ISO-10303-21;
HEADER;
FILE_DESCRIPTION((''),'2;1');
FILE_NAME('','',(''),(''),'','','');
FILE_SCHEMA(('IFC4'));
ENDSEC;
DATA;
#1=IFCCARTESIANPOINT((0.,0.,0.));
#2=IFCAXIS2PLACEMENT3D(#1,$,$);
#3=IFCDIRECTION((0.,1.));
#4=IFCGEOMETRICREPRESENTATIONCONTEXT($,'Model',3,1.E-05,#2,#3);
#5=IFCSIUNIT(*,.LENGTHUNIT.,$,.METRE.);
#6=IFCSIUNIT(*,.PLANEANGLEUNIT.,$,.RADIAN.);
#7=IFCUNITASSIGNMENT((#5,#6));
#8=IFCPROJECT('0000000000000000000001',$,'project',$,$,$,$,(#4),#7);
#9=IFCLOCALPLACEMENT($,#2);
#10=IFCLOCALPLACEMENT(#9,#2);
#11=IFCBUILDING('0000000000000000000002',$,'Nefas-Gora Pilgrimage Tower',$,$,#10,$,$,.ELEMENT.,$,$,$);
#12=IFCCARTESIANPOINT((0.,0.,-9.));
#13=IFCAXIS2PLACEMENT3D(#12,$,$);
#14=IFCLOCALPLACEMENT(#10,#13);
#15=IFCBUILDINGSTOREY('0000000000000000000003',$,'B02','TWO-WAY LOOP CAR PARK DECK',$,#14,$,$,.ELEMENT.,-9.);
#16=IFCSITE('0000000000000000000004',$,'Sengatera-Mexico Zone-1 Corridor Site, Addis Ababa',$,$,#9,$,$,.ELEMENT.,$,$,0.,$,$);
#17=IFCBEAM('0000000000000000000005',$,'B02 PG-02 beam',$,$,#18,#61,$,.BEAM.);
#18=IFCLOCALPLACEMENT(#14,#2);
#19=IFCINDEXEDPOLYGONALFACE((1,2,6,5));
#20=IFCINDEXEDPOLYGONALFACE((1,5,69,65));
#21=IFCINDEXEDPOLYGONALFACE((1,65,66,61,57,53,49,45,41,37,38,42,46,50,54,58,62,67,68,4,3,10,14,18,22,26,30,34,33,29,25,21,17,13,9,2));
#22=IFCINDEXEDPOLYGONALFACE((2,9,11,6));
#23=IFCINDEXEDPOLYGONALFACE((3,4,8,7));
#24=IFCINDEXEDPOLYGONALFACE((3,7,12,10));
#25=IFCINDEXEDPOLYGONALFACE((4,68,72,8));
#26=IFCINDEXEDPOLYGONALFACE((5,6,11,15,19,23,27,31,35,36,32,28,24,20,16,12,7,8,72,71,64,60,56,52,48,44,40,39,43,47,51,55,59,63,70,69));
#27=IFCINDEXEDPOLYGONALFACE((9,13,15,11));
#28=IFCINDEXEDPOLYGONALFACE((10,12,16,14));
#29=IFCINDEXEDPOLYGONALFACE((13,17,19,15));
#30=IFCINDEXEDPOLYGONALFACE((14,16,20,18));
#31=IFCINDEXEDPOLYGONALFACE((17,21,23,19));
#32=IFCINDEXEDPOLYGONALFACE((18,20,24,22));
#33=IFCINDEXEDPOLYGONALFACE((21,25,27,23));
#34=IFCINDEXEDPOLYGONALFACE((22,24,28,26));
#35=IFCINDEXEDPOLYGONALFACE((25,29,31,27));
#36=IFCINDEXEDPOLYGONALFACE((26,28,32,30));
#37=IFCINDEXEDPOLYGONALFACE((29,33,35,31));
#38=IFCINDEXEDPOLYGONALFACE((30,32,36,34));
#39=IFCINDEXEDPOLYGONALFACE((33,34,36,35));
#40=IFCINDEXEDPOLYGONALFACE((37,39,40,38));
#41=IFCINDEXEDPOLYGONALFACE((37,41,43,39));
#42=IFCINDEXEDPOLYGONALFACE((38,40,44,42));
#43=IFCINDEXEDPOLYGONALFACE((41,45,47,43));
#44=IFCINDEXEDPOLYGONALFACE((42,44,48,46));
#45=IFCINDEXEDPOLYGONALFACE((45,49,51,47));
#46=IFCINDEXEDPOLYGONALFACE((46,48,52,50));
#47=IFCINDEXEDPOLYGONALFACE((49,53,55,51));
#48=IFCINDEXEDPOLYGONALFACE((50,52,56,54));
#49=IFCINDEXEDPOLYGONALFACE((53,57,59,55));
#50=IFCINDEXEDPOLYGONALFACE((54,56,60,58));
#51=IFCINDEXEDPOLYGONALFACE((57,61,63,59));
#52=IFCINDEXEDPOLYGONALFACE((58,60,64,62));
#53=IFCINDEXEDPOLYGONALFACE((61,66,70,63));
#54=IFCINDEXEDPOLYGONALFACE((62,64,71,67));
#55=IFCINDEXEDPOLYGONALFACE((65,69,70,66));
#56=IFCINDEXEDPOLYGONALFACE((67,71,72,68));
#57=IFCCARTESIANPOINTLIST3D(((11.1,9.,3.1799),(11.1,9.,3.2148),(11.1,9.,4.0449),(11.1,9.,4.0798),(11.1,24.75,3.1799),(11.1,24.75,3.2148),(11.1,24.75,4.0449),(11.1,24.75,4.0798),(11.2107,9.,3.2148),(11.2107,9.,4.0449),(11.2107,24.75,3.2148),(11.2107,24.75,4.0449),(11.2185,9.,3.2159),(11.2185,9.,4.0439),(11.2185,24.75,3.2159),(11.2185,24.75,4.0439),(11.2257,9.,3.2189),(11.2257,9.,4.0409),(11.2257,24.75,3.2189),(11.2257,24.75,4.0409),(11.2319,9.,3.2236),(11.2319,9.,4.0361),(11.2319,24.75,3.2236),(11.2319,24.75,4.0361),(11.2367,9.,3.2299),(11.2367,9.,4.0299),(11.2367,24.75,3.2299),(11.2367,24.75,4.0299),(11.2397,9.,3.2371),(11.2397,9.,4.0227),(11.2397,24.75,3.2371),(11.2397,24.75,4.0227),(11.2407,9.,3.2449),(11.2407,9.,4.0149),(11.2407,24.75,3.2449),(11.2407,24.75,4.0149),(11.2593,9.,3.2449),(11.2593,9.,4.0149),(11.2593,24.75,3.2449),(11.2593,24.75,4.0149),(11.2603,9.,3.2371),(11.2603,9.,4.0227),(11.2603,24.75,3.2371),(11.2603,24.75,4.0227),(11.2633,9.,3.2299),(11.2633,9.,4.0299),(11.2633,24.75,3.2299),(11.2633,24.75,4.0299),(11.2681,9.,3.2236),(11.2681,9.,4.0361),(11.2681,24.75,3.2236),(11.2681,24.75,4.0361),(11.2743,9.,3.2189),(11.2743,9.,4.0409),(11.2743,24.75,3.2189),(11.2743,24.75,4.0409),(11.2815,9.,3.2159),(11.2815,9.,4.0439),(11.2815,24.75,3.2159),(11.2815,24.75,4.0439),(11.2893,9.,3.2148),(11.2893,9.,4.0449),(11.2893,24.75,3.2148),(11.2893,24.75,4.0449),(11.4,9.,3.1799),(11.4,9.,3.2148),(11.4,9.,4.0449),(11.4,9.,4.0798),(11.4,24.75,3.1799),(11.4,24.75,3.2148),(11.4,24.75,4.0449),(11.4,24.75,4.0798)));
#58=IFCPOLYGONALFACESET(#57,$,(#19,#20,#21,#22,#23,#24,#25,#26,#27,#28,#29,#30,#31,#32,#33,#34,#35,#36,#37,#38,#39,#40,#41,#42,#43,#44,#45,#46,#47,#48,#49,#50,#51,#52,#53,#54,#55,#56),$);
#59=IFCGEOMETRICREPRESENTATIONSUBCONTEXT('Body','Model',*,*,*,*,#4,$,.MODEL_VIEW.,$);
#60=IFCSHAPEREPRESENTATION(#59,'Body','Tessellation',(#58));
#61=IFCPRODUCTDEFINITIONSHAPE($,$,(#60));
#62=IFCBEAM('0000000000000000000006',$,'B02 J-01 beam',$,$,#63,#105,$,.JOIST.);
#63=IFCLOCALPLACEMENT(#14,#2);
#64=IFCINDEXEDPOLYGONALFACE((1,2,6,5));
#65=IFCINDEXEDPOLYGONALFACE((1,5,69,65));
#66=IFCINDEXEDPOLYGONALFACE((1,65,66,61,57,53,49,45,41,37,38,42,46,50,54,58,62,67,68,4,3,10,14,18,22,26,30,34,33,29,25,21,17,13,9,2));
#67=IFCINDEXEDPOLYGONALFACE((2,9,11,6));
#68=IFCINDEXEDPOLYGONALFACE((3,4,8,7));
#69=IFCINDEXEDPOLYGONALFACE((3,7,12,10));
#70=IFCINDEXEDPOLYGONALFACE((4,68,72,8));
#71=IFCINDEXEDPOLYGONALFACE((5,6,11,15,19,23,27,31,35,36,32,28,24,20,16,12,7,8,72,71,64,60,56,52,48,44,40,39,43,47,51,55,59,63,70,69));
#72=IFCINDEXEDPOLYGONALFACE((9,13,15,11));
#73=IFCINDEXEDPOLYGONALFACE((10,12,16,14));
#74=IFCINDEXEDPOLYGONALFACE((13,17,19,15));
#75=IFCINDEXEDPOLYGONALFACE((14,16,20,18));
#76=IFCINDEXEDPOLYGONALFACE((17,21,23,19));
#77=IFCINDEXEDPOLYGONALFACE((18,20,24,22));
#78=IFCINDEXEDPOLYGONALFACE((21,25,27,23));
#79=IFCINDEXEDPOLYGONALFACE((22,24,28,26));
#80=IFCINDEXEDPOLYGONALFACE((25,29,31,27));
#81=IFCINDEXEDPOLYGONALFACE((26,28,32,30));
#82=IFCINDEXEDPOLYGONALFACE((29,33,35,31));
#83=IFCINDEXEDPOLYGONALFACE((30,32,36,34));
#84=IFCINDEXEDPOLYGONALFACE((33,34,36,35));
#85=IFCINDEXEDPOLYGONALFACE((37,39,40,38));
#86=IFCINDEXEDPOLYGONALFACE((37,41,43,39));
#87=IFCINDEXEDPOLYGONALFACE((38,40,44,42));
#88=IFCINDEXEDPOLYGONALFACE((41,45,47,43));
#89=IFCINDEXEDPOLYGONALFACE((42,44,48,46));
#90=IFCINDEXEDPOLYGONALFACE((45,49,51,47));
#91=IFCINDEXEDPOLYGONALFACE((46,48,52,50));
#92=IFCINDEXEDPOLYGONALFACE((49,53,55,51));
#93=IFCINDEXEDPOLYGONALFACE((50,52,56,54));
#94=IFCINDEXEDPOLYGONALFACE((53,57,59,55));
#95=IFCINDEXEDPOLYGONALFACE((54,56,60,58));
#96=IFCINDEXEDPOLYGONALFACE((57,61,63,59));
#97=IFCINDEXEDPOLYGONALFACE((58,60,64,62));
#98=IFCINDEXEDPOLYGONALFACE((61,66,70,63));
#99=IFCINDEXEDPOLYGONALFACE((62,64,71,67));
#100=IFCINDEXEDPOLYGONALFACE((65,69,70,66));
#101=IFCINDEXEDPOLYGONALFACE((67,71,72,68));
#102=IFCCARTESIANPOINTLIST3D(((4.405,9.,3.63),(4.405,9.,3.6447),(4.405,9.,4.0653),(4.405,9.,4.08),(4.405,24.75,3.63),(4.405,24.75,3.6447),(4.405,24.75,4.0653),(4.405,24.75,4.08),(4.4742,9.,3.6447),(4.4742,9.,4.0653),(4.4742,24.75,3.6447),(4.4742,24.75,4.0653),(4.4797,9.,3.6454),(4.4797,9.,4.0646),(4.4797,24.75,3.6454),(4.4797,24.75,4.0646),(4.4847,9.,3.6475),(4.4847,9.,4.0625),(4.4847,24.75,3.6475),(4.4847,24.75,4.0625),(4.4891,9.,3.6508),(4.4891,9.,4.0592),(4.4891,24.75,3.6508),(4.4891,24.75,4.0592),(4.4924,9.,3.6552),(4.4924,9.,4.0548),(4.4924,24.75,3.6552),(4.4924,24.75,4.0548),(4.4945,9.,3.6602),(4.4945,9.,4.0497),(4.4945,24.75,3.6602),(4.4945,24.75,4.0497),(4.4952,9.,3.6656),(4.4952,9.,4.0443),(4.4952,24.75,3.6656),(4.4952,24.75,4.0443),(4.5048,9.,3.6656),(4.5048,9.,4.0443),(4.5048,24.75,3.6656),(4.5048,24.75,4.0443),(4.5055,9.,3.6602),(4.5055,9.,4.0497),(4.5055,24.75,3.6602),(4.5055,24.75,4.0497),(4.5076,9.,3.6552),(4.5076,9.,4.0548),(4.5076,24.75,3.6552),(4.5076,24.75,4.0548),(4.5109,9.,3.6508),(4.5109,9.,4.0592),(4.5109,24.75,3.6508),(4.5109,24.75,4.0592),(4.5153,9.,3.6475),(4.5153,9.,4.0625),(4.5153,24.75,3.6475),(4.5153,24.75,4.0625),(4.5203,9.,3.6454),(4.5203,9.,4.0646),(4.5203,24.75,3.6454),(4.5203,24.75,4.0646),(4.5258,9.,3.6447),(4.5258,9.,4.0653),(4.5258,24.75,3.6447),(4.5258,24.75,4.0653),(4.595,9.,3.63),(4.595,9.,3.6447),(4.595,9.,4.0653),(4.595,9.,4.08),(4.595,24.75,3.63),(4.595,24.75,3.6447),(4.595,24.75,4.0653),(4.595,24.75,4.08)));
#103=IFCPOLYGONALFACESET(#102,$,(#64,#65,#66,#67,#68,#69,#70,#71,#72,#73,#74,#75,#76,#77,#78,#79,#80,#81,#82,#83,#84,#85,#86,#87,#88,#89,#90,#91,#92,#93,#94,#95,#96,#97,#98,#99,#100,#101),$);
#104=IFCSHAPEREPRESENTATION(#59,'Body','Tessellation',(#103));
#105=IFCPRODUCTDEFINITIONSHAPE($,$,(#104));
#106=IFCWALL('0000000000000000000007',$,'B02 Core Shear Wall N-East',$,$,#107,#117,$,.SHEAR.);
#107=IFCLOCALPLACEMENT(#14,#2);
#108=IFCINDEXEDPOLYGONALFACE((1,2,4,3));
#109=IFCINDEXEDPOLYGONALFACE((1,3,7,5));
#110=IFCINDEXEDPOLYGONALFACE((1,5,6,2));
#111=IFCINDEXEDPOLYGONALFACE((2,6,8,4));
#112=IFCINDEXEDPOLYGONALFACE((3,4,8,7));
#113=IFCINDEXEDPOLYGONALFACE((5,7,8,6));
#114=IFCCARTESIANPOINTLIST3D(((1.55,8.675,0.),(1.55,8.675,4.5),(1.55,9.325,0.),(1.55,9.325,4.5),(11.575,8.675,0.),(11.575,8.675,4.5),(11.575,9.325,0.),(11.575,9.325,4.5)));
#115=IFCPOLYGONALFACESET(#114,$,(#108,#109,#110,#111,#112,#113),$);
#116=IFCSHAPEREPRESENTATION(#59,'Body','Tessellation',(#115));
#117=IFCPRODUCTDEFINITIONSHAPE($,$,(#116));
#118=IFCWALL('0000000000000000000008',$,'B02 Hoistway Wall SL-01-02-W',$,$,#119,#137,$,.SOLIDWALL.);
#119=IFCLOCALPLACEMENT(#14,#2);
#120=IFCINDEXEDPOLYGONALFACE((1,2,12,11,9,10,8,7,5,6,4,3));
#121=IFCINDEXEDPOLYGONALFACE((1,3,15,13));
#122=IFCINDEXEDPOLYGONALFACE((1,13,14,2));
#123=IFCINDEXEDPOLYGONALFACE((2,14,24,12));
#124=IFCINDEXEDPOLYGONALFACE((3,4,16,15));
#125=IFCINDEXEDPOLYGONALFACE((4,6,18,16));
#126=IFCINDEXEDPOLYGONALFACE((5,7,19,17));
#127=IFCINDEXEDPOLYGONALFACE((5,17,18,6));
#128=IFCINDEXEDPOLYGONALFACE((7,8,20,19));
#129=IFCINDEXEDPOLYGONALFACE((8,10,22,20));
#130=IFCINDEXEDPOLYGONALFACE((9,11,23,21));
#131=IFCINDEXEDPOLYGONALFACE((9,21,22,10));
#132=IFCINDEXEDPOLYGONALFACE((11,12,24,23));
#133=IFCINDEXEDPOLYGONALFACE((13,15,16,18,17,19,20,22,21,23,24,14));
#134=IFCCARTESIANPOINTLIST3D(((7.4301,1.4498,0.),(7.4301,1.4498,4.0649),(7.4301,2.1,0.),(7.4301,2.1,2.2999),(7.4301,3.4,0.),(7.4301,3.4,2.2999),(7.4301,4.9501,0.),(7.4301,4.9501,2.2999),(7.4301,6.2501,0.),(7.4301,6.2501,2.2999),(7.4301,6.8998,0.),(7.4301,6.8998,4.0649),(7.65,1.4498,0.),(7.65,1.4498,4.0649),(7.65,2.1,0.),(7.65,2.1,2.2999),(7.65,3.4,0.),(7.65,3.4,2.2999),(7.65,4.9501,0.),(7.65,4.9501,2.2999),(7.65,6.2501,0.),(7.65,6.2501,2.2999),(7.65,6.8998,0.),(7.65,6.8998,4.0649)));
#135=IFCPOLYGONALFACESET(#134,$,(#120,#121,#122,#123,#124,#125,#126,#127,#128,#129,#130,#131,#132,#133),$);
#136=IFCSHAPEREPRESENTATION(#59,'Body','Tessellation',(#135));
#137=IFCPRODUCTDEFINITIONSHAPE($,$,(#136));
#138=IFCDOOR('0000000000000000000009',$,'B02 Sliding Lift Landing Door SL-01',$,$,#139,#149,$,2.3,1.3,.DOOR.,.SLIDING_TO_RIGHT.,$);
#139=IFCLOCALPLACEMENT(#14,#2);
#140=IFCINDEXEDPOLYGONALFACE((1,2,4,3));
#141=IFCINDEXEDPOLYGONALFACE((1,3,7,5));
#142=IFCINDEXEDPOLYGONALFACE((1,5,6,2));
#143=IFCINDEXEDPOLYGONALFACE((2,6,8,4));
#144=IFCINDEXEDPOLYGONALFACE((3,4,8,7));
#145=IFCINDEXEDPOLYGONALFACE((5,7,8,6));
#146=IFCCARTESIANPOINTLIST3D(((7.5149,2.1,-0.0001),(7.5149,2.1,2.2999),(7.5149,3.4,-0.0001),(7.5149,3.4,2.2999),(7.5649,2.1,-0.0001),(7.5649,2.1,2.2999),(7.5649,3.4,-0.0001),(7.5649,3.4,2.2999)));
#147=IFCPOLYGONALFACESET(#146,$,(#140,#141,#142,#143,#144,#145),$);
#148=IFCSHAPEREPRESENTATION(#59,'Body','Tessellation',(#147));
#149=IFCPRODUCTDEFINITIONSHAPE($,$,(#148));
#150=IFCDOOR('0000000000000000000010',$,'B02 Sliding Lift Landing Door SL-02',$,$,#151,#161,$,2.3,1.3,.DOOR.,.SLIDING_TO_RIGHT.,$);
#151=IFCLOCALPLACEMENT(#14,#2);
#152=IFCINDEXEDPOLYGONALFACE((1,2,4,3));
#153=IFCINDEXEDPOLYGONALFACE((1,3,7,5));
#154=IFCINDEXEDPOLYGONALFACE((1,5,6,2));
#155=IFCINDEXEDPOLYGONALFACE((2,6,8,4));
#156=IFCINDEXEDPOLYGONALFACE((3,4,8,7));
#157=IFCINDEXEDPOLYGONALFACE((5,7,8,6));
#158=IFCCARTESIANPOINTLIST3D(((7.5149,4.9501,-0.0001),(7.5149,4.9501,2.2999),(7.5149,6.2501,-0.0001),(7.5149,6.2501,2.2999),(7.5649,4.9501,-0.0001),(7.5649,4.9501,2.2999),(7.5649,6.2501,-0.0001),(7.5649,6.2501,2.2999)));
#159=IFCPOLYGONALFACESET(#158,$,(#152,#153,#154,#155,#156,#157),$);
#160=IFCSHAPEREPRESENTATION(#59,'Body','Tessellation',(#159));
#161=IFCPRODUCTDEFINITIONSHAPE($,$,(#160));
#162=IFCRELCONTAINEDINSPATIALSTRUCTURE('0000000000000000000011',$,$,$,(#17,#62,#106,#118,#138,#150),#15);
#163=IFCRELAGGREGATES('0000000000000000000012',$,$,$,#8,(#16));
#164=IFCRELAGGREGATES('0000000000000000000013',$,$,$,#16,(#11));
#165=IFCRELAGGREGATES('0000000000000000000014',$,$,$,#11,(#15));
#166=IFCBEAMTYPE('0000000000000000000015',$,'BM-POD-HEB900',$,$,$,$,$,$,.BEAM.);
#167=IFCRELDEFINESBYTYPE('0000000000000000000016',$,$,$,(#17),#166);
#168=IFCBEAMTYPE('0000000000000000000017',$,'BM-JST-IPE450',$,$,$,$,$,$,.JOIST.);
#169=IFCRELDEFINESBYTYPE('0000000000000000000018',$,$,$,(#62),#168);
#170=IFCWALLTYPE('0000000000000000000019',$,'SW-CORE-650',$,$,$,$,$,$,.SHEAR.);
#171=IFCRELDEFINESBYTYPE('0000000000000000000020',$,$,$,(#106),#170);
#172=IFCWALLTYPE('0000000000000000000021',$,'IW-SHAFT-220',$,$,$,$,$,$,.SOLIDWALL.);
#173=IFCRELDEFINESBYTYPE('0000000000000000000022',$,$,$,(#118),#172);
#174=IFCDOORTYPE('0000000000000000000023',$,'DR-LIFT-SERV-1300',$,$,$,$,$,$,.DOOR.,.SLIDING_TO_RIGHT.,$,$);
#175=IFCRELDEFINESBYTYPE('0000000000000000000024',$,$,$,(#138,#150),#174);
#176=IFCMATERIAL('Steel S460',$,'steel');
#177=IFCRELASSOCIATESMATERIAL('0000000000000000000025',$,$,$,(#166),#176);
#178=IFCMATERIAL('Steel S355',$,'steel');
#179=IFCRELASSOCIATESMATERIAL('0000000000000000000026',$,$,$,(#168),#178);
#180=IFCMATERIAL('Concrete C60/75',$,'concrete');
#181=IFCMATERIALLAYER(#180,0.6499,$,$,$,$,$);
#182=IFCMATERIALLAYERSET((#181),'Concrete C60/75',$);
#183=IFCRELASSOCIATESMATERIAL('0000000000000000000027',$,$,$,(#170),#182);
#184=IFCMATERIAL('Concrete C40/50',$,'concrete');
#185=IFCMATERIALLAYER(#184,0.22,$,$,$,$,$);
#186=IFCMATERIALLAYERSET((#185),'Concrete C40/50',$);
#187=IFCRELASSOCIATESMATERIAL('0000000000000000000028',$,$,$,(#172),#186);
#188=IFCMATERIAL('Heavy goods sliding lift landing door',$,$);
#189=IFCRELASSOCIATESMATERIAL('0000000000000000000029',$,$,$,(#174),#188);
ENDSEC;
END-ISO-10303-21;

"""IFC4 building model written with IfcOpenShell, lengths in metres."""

from ifc_helpers import new_model, si_unit, direction, frame, frame_2d, origin, origin_2d, place, context, subcontext, project, spatial, rectangle, i_section, extrude, source, transform, mapped, material, layer, layer_set, material_profile, profile_set, type_object, element, fill, save


model = new_model("IFC4")

# Units and contexts
model_context = context("Model", 3, precision=1e-05, world=origin(), true_north=direction((0.0, 1.0)))
body_context = subcontext(model_context, "Body", "Model", "MODEL_VIEW")
ifc_project = project(units=[si_unit("LENGTHUNIT", "METRE"), si_unit("PLANEANGLEUNIT", "RADIAN")], contexts=[model_context])

# Site, building, storey
site_placement = place(None, origin())
site = spatial("IfcSite", under=ifc_project, at=site_placement, Name="Sengatera-Mexico Zone-1 Corridor Site, Addis Ababa", CompositionType="ELEMENT", RefElevation=0.0)
building_placement = place(site_placement, origin())
building = spatial("IfcBuilding", under=site, at=building_placement, Name="Nefas-Gora Pilgrimage Tower", CompositionType="ELEMENT")
storey_placement = place(building_placement, frame((0.0, 0.0, -9.0)))
storey = spatial("IfcBuildingStorey", under=building, at=storey_placement, Name="B02", Description="TWO-WAY LOOP CAR PARK DECK", CompositionType="ELEMENT", Elevation=-9.0)

# Shared definitions
ifc_material_1 = material(Name="Steel S460", Category="steel")
ifc_material_2 = material(Name="Concrete C60/75", Category="concrete")

# Beams
ifc_material_profile_1 = material_profile(ifc_material_1, i_section(OverallWidth=0.3, OverallDepth=0.8999, WebThickness=0.0186, FlangeThickness=0.0349, FilletRadius=0.03, at=origin_2d()), Name="HEB 900")
ifc_profile_set_1 = profile_set([ifc_material_profile_1], Name="Steel S460")
beam_type_1 = type_object("IfcBeamType", Name="BM-POD-HEB900", PredefinedType="BEAM", material=ifc_profile_set_1)
shared_shape_1 = source(origin(), body_context, "Body", "SweptSolid", [
    extrude(i_section(OverallWidth=0.3, OverallDepth=0.8999, WebThickness=0.0186, FlangeThickness=0.0349, FilletRadius=0.03, at=origin_2d()), origin(), (0.0, 0.0, 1.0), 15.75),
])
beam_1_placement = place(storey_placement, frame((11.25, 9.0, 3.6299), z_axis=(0.0, 1.0, 0.0), x_axis=(-1.0, 0.0, 0.0)))
element("IfcBeam", 1, at=beam_1_placement, inside=storey, type_object=beam_type_1, Name="B02 PG-02 beam", PredefinedType="BEAM", context=body_context, shape_type="MappedRepresentation", body=[
    mapped(shared_shape_1, transform((0.0, 0.0, 0.0), x_axis=(1.0, 0.0, 0.0), y_axis=(0.0, 1.0, 0.0), z_axis=(0.0, 0.0, 1.0), scale=1.0)),
])
ifc_material_3 = material(Name="Steel S355", Category="steel")
ifc_material_profile_2 = material_profile(ifc_material_3, i_section(OverallWidth=0.1899, OverallDepth=0.45, WebThickness=0.0095, FlangeThickness=0.0146, FilletRadius=0.021, at=origin_2d()), Name="IPE 450")
ifc_profile_set_2 = profile_set([ifc_material_profile_2], Name="Steel S355")
beam_type_2 = type_object("IfcBeamType", Name="BM-JST-IPE450", PredefinedType="JOIST", material=ifc_profile_set_2)
shared_shape_2 = source(origin(), body_context, "Body", "SweptSolid", [
    extrude(i_section(OverallWidth=0.1899, OverallDepth=0.45, WebThickness=0.0095, FlangeThickness=0.0146, FilletRadius=0.021, at=origin_2d()), origin(), (0.0, 0.0, 1.0), 15.75),
])
beam_2_placement = place(storey_placement, frame((4.5, 9.0, 3.855), z_axis=(0.0, 1.0, 0.0), x_axis=(-1.0, 0.0, 0.0)))
element("IfcBeam", 2, at=beam_2_placement, inside=storey, type_object=beam_type_2, Name="B02 J-01 beam", PredefinedType="JOIST", context=body_context, shape_type="MappedRepresentation", body=[
    mapped(shared_shape_2, transform((0.0, 0.0, 0.0), x_axis=(1.0, 0.0, 0.0), y_axis=(0.0, 1.0, 0.0), z_axis=(0.0, 0.0, 1.0), scale=1.0)),
])

# Wall
ifc_layer_1 = layer(ifc_material_2, 0.6499)
ifc_layer_set_1 = layer_set([ifc_layer_1], Name="Concrete C60/75")
wall_type_1 = type_object("IfcWallType", Name="SW-CORE-650", PredefinedType="SHEAR", material=ifc_layer_set_1)
shared_shape_3 = source(origin(), body_context, "Body", "SweptSolid", [
    extrude(rectangle(XDim=10.0249, YDim=0.6499, at=frame_2d((5.0125, 0.0))), origin(), (0.0, 0.0, 1.0), 4.5),
])
wall_1_placement = place(storey_placement, frame((1.55, 9.0, 0.0), z_axis=(0.0, 0.0, 1.0), x_axis=(1.0, 0.0, 0.0)))
element("IfcWall", 3, at=wall_1_placement, inside=storey, type_object=wall_type_1, Name="B02 Core Shear Wall N-East", PredefinedType="SHEAR", context=body_context, shape_type="MappedRepresentation", body=[
    mapped(shared_shape_3, transform((0.0, 0.0, 0.0), x_axis=(1.0, 0.0, 0.0), y_axis=(0.0, 1.0, 0.0), z_axis=(0.0, 0.0, 1.0), scale=1.0)),
])

# Wall, openings, doors
ifc_material_4 = material(Name="Concrete C40/50", Category="concrete")
ifc_layer_2 = layer(ifc_material_4, 0.22)
ifc_layer_set_2 = layer_set([ifc_layer_2], Name="Concrete C40/50")
wall_type_2 = type_object("IfcWallType", Name="IW-SHAFT-220", PredefinedType="SOLIDWALL", material=ifc_layer_set_2)
shared_shape_4 = source(origin(), body_context, "Body", "SweptSolid", [
    extrude(rectangle(XDim=5.45, YDim=0.22, at=frame_2d((2.7251, 0.0))), origin(), (0.0, 0.0, 1.0), 4.0649),
])
wall_2_placement = place(storey_placement, frame((7.54, 6.8999, 0.0), z_axis=(0.0, 0.0, 1.0), x_axis=(0.0, -1.0, 0.0)))
wall_2 = element("IfcWall", 4, at=wall_2_placement, inside=storey, type_object=wall_type_2, Name="B02 Hoistway Wall SL-01-02-W", PredefinedType="SOLIDWALL", context=body_context, shape_type="MappedRepresentation", body=[
    mapped(shared_shape_4, transform((0.0, 0.0, 0.0), x_axis=(1.0, 0.0, 0.0), y_axis=(0.0, 1.0, 0.0), z_axis=(0.0, 0.0, 1.0), scale=1.0)),
])
opening_1_placement = place(wall_2_placement, frame((3.5, 0.0, 0.0)))
opening_1 = element("IfcOpeningElement", 5, at=opening_1_placement, cuts=wall_2, PredefinedType="OPENING", context=body_context, shape_type="SweptSolid", body=[
    extrude(rectangle(XDim=1.3, YDim=2.3, at=frame_2d((0.6499, 1.1499))), frame((0.0, 0.1199, 0.0), z_axis=(0.0, -1.0, 0.0), x_axis=(1.0, 0.0, 0.0)), (0.0, 0.0, 1.0), 0.24),
])
opening_2_placement = place(wall_2_placement, frame((0.6499, 0.0, 0.0)))
opening_2 = element("IfcOpeningElement", 6, at=opening_2_placement, cuts=wall_2, PredefinedType="OPENING", context=body_context, shape_type="SweptSolid", body=[
    extrude(rectangle(XDim=1.3, YDim=2.3, at=frame_2d((0.6499, 1.1499))), frame((0.0, 0.1199, 0.0), z_axis=(0.0, -1.0, 0.0), x_axis=(1.0, 0.0, 0.0)), (0.0, 0.0, 1.0), 0.24),
])
ifc_material_5 = material(Name="Heavy goods sliding lift landing door")
door_type_1 = type_object("IfcDoorType", Name="DR-LIFT-SERV-1300", OperationType="SLIDING_TO_RIGHT", PredefinedType="DOOR", material=ifc_material_5)
shared_shape_5 = source(origin(), body_context, "Body", "SweptSolid", [
    extrude(rectangle(XDim=1.3, YDim=2.3, at=frame_2d((0.6499, 1.1499))), frame((0.0, 0.0249, 0.0), z_axis=(0.0, -1.0, 0.0), x_axis=(1.0, 0.0, 0.0)), (0.0, 0.0, 1.0), 0.05),
])
door_1_placement = place(opening_1_placement, origin())
door_1 = element("IfcDoor", 7, at=door_1_placement, inside=storey, type_object=door_type_1, Name="B02 Sliding Lift Landing Door SL-01", OperationType="SLIDING_TO_RIGHT", OverallHeight=2.3, OverallWidth=1.3, PredefinedType="DOOR", context=body_context, shape_type="MappedRepresentation", body=[
    mapped(shared_shape_5, transform((0.0, 0.0, 0.0), x_axis=(1.0, 0.0, 0.0), y_axis=(0.0, 1.0, 0.0), z_axis=(0.0, 0.0, 1.0), scale=1.0)),
])
fill(opening_1, door_1)
door_2_placement = place(opening_2_placement, origin())
door_2 = element("IfcDoor", 8, at=door_2_placement, inside=storey, type_object=door_type_1, Name="B02 Sliding Lift Landing Door SL-02", OperationType="SLIDING_TO_RIGHT", OverallHeight=2.3, OverallWidth=1.3, PredefinedType="DOOR", context=body_context, shape_type="MappedRepresentation", body=[
    mapped(shared_shape_5, transform((0.0, 0.0, 0.0), x_axis=(1.0, 0.0, 0.0), y_axis=(0.0, 1.0, 0.0), z_axis=(0.0, 0.0, 1.0), scale=1.0)),
])
fill(opening_2, door_2)

save(model, "model.ifc")
